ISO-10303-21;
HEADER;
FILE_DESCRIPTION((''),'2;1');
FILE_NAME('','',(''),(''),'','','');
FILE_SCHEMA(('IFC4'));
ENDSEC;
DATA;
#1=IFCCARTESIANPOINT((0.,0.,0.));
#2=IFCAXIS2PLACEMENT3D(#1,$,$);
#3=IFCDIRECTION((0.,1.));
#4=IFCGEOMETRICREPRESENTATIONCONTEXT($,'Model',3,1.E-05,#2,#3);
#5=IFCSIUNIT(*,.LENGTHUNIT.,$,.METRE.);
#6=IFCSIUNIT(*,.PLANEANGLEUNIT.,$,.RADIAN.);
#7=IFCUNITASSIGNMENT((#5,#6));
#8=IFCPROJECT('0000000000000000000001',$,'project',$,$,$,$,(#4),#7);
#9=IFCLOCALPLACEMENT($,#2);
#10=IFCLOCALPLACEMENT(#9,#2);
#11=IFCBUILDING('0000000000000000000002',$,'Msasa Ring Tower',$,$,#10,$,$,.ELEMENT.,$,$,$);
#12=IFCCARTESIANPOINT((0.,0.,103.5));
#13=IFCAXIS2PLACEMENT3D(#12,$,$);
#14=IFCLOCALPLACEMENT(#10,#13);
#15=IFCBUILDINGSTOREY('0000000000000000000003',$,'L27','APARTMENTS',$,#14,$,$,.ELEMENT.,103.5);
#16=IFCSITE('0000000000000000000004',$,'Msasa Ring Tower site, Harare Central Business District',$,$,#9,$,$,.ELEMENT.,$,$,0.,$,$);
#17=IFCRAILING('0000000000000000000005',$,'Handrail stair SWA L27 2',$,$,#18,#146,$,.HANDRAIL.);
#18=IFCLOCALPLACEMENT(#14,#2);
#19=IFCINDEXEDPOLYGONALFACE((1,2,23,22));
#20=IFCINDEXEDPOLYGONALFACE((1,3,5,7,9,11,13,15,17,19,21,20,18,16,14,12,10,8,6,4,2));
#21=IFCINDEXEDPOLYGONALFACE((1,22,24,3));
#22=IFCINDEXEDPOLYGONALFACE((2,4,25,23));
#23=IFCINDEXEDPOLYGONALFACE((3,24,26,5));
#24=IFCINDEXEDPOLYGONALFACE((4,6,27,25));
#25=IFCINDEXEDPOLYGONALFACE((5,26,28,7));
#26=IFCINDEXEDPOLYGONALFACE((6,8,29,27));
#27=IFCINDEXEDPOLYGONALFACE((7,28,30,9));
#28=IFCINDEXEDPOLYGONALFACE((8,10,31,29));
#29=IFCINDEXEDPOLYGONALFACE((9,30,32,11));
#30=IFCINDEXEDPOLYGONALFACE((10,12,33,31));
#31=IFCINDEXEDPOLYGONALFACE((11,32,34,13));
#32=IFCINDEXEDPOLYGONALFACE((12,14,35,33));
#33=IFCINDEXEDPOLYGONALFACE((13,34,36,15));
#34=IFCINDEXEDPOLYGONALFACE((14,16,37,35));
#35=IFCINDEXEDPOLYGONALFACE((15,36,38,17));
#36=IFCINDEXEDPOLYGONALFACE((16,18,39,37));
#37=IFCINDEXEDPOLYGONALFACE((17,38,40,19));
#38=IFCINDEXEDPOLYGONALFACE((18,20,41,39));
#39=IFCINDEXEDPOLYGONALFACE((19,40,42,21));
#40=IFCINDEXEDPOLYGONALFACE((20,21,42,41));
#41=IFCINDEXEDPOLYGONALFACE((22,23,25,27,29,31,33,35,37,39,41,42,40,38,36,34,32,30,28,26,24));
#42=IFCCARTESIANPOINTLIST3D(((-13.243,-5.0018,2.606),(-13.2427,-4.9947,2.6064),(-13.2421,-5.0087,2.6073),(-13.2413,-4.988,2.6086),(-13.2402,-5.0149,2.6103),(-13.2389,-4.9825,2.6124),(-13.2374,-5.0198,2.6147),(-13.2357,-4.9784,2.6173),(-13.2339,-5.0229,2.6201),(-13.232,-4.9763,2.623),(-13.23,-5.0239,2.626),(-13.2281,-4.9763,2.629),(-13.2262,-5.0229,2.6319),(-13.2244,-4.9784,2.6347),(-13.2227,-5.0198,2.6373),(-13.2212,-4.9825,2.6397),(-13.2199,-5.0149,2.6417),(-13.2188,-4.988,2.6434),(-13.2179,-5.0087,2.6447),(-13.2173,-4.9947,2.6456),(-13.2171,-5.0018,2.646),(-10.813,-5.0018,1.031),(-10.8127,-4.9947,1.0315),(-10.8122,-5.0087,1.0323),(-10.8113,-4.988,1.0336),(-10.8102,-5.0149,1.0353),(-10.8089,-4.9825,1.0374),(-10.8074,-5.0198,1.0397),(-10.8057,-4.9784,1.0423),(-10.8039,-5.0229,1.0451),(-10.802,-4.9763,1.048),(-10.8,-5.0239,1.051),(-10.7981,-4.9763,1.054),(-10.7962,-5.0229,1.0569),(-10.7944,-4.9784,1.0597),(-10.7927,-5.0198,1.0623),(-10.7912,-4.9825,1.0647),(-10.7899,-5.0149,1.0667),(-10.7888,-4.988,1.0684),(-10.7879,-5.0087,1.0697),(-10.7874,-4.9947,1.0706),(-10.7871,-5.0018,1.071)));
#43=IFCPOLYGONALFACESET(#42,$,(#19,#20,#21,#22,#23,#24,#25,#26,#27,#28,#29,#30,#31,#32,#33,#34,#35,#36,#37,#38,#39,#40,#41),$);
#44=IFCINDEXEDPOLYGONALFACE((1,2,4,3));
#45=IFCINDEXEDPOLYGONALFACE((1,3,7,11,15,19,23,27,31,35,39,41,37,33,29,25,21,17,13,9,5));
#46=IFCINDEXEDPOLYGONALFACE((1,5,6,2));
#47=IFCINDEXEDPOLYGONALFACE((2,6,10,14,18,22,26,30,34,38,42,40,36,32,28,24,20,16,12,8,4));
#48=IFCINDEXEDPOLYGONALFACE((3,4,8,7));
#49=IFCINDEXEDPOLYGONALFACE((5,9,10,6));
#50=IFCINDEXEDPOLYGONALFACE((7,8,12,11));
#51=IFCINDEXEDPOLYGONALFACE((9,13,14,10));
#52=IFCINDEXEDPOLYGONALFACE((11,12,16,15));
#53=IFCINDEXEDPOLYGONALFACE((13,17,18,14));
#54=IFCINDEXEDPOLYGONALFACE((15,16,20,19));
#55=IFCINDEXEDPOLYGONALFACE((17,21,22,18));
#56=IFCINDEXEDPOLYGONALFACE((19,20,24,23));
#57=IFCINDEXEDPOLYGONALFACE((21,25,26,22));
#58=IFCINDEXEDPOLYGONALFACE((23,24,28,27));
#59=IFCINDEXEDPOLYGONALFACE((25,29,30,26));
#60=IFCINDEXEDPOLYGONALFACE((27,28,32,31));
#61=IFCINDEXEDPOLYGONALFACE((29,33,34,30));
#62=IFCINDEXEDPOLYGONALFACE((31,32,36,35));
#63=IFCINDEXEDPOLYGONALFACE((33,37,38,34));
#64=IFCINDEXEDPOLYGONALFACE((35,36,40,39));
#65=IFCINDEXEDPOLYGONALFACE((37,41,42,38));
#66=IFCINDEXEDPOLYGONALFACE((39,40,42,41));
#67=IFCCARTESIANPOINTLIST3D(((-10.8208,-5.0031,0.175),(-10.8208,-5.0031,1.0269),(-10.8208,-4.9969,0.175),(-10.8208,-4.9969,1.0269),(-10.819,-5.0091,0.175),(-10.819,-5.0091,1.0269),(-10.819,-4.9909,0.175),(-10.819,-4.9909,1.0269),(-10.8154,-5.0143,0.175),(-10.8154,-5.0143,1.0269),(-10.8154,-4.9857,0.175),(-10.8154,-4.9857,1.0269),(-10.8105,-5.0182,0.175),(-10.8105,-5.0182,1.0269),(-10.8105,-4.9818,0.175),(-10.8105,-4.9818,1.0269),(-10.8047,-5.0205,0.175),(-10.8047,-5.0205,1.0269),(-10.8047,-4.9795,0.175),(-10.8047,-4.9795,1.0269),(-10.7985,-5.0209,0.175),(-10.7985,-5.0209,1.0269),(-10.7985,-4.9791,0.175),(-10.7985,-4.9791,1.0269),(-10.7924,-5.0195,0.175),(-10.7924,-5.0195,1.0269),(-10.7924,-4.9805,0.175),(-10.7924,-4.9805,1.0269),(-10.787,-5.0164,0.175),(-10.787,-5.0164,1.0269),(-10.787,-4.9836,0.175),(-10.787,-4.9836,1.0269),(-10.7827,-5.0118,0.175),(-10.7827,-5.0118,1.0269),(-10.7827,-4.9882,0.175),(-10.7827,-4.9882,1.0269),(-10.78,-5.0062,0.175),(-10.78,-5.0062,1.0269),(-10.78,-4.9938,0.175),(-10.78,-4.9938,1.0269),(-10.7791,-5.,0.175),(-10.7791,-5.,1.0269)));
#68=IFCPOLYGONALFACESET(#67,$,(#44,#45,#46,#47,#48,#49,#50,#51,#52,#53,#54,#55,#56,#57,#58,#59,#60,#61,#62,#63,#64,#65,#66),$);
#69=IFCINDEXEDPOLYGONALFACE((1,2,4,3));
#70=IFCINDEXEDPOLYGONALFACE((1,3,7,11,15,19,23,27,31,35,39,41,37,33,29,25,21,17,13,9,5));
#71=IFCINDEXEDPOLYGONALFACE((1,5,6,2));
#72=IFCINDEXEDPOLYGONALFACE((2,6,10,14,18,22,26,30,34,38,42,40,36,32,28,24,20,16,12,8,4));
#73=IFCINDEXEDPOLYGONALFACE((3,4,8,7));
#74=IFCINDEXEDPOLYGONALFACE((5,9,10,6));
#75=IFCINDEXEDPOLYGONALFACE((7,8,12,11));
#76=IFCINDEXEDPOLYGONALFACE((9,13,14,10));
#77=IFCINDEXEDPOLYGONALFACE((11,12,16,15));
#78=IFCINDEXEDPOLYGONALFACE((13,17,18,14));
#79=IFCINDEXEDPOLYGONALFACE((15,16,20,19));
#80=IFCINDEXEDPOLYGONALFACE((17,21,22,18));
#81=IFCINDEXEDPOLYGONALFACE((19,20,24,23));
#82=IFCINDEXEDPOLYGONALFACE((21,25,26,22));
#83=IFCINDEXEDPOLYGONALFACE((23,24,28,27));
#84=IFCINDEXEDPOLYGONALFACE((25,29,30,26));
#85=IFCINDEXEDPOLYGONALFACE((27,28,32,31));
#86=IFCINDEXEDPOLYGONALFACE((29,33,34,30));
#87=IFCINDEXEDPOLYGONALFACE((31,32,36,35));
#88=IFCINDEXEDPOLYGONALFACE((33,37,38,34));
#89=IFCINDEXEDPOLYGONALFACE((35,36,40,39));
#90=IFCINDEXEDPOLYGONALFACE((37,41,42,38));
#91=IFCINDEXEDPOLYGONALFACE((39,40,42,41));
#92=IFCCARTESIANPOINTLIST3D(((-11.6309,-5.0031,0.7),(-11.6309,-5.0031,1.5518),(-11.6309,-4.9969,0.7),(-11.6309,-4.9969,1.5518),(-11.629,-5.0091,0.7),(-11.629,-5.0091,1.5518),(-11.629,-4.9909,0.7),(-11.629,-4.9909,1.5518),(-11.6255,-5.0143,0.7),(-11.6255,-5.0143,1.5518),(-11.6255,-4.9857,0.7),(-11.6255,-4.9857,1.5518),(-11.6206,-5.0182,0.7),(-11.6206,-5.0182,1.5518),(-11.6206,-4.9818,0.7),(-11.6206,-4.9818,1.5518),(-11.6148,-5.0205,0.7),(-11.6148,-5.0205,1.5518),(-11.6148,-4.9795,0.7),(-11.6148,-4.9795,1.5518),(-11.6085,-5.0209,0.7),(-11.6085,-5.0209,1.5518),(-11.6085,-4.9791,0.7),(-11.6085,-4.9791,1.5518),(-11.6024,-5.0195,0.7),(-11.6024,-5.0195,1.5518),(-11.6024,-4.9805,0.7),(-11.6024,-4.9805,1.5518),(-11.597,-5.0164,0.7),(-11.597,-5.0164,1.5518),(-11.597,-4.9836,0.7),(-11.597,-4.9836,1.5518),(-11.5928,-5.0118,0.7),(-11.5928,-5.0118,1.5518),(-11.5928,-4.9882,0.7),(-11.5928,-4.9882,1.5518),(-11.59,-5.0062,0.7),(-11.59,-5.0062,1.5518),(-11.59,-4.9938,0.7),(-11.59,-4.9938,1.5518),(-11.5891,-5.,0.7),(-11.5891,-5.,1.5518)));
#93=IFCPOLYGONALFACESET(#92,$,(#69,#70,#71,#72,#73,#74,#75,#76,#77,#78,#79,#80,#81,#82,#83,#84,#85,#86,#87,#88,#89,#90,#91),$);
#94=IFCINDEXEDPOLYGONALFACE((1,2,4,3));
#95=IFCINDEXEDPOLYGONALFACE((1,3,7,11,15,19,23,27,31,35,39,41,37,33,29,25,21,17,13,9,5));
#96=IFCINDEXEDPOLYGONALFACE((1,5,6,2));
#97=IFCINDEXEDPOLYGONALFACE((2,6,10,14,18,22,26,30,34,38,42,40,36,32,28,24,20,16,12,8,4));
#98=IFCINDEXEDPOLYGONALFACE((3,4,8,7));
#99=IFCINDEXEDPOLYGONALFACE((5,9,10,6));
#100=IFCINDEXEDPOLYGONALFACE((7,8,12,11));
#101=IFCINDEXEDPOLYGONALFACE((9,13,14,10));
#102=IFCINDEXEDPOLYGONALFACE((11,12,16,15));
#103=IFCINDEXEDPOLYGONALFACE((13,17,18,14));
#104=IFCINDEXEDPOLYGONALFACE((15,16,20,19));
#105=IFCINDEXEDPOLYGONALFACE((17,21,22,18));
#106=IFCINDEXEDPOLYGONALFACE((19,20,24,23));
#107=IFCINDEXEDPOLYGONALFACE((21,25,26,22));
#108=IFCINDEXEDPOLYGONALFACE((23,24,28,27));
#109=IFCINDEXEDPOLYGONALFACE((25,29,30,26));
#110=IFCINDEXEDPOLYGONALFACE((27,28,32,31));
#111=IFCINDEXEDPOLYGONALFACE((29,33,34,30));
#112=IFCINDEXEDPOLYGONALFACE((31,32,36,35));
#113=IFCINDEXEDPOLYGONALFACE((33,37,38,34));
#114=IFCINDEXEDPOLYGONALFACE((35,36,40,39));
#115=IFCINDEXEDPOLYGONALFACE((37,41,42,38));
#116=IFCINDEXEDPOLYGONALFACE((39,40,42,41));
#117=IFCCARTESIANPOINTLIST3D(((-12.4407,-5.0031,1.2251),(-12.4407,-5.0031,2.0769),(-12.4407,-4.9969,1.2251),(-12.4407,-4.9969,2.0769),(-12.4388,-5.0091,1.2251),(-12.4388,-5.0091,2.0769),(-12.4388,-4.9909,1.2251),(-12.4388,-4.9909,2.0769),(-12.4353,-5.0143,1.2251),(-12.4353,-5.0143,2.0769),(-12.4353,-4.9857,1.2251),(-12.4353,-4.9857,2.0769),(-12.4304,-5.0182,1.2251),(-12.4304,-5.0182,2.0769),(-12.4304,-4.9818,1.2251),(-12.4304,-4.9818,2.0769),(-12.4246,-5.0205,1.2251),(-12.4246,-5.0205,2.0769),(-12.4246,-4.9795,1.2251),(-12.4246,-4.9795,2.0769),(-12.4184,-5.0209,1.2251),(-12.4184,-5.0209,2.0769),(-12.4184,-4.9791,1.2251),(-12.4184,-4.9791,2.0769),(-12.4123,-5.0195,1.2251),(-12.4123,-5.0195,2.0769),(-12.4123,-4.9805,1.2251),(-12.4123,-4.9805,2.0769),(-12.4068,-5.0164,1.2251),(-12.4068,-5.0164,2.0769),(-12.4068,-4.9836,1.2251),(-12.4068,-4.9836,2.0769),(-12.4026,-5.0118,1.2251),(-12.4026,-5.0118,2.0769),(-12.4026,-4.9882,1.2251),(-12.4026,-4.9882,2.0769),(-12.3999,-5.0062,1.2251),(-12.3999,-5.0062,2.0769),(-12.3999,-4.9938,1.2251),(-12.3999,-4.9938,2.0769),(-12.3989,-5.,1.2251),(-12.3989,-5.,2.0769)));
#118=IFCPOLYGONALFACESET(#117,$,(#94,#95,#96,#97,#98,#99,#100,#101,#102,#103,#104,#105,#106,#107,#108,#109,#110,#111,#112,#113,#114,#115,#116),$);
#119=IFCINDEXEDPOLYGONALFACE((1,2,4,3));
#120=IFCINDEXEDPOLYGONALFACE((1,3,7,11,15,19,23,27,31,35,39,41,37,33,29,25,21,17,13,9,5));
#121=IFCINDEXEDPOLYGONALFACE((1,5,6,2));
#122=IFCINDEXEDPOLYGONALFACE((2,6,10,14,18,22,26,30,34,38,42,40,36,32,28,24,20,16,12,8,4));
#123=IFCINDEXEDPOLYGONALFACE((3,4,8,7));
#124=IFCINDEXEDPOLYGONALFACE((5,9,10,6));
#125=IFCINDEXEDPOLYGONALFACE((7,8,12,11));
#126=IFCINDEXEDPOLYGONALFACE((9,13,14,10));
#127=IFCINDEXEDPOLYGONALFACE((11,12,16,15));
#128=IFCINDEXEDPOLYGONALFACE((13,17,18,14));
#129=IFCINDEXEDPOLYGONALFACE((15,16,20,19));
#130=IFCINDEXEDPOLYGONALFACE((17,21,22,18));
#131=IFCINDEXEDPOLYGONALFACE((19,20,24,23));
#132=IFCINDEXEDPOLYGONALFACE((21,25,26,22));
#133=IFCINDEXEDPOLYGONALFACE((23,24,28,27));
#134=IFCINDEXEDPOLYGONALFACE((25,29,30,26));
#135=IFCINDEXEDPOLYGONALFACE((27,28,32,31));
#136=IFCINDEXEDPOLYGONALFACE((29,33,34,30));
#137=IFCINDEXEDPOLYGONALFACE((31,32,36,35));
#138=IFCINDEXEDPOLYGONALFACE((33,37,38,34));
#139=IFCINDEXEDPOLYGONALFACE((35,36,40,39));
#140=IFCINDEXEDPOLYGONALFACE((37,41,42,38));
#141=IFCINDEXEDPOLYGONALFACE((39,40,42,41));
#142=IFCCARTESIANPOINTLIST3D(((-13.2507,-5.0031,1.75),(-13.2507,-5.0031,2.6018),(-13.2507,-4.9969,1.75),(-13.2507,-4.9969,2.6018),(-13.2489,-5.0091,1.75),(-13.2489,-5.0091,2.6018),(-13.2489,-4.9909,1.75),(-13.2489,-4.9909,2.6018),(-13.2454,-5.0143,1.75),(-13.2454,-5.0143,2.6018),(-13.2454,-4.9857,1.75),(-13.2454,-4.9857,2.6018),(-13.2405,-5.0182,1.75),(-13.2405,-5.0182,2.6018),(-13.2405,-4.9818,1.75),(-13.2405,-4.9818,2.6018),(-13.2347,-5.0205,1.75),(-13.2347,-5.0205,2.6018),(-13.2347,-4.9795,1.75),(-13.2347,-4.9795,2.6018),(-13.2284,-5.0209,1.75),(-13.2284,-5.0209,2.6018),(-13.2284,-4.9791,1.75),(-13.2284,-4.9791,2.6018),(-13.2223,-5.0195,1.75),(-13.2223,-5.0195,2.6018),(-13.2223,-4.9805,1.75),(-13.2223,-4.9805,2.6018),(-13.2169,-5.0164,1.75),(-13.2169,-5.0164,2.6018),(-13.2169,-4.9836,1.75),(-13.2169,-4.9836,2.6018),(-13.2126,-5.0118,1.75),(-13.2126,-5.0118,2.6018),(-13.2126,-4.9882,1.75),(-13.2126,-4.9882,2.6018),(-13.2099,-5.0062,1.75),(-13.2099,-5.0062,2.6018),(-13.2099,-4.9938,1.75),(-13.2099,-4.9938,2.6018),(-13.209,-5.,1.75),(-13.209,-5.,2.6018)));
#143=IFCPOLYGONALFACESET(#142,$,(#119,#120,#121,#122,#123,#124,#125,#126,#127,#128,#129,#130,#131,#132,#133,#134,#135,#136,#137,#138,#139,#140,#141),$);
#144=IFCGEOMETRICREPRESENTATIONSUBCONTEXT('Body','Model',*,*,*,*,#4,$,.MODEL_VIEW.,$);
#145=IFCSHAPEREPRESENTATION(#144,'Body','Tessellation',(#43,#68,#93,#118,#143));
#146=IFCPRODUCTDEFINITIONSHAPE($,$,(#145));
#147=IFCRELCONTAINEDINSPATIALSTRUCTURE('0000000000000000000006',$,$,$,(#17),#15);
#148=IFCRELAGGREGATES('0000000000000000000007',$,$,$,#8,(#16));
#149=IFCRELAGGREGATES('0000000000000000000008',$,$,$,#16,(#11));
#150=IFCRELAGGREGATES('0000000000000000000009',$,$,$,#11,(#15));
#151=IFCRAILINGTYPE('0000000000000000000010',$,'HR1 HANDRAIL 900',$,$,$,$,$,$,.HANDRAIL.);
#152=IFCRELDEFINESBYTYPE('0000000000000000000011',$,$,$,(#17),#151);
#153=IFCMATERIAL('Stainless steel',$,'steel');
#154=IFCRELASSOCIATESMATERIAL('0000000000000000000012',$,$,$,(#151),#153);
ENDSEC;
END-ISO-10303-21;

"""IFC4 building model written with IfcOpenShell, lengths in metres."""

from ifc_helpers import new_model, si_unit, direction, frame, origin, origin_2d, place, context, subcontext, project, spatial, circle, extrude, material, type_object, element, save


model = new_model("IFC4")

# Units and contexts
model_context = context("Model", 3, precision=1e-05, world=origin(), true_north=direction((0.0, 1.0)))
body_context = subcontext(model_context, "Body", "Model", "MODEL_VIEW")
ifc_project = project(units=[si_unit("LENGTHUNIT", "METRE"), si_unit("PLANEANGLEUNIT", "RADIAN")], contexts=[model_context])

# Site, building, storey
site_placement = place(None, origin())
site = spatial("IfcSite", under=ifc_project, at=site_placement, Name="Msasa Ring Tower site, Harare Central Business District", CompositionType="ELEMENT", RefElevation=0.0)
building_placement = place(site_placement, origin())
building = spatial("IfcBuilding", under=site, at=building_placement, Name="Msasa Ring Tower", CompositionType="ELEMENT")
storey_placement = place(building_placement, frame((0.0, 0.0, 103.5)))
storey = spatial("IfcBuildingStorey", under=building, at=storey_placement, Name="L27", Description="APARTMENTS", CompositionType="ELEMENT", Elevation=103.5)

# Railing
ifc_material_1 = material(Name="Stainless steel", Category="steel")
railing_type = type_object("IfcRailingType", Name="HR1 HANDRAIL 900", PredefinedType="HANDRAIL", material=ifc_material_1)
for number, where, name in (
    (1, (-10.8, -5.0, 0.175), "Handrail stair SWA L27 2"),
):
    element("IfcRailing", number, at=place(storey_placement, frame(where)), inside=storey, type_object=railing_type, Name=name, PredefinedType="HANDRAIL", context=body_context, shape_type="SweptSolid", body=[
        extrude(circle(Radius=0.0239, at=origin_2d()), frame((0.0, 0.0, 0.876), z_axis=(-0.839154, 0.0, 0.543894), x_axis=(0.0, -1.0, 0.0)), (0.0, 0.0, 1.0), 2.8958),
        extrude(circle(Radius=0.021, at=origin_2d()), origin(), (0.0, 0.0, 1.0), 0.8518),
        extrude(circle(Radius=0.021, at=origin_2d()), frame((-0.8101, 0.0, 0.5249)), (0.0, 0.0, 1.0), 0.8518),
        extrude(circle(Radius=0.021, at=origin_2d()), frame((-1.6199, 0.0, 1.05)), (0.0, 0.0, 1.0), 0.8518),
        extrude(circle(Radius=0.021, at=origin_2d()), frame((-2.4299, 0.0, 1.575)), (0.0, 0.0, 1.0), 0.8518),
    ])

save(model, "model.ifc")
